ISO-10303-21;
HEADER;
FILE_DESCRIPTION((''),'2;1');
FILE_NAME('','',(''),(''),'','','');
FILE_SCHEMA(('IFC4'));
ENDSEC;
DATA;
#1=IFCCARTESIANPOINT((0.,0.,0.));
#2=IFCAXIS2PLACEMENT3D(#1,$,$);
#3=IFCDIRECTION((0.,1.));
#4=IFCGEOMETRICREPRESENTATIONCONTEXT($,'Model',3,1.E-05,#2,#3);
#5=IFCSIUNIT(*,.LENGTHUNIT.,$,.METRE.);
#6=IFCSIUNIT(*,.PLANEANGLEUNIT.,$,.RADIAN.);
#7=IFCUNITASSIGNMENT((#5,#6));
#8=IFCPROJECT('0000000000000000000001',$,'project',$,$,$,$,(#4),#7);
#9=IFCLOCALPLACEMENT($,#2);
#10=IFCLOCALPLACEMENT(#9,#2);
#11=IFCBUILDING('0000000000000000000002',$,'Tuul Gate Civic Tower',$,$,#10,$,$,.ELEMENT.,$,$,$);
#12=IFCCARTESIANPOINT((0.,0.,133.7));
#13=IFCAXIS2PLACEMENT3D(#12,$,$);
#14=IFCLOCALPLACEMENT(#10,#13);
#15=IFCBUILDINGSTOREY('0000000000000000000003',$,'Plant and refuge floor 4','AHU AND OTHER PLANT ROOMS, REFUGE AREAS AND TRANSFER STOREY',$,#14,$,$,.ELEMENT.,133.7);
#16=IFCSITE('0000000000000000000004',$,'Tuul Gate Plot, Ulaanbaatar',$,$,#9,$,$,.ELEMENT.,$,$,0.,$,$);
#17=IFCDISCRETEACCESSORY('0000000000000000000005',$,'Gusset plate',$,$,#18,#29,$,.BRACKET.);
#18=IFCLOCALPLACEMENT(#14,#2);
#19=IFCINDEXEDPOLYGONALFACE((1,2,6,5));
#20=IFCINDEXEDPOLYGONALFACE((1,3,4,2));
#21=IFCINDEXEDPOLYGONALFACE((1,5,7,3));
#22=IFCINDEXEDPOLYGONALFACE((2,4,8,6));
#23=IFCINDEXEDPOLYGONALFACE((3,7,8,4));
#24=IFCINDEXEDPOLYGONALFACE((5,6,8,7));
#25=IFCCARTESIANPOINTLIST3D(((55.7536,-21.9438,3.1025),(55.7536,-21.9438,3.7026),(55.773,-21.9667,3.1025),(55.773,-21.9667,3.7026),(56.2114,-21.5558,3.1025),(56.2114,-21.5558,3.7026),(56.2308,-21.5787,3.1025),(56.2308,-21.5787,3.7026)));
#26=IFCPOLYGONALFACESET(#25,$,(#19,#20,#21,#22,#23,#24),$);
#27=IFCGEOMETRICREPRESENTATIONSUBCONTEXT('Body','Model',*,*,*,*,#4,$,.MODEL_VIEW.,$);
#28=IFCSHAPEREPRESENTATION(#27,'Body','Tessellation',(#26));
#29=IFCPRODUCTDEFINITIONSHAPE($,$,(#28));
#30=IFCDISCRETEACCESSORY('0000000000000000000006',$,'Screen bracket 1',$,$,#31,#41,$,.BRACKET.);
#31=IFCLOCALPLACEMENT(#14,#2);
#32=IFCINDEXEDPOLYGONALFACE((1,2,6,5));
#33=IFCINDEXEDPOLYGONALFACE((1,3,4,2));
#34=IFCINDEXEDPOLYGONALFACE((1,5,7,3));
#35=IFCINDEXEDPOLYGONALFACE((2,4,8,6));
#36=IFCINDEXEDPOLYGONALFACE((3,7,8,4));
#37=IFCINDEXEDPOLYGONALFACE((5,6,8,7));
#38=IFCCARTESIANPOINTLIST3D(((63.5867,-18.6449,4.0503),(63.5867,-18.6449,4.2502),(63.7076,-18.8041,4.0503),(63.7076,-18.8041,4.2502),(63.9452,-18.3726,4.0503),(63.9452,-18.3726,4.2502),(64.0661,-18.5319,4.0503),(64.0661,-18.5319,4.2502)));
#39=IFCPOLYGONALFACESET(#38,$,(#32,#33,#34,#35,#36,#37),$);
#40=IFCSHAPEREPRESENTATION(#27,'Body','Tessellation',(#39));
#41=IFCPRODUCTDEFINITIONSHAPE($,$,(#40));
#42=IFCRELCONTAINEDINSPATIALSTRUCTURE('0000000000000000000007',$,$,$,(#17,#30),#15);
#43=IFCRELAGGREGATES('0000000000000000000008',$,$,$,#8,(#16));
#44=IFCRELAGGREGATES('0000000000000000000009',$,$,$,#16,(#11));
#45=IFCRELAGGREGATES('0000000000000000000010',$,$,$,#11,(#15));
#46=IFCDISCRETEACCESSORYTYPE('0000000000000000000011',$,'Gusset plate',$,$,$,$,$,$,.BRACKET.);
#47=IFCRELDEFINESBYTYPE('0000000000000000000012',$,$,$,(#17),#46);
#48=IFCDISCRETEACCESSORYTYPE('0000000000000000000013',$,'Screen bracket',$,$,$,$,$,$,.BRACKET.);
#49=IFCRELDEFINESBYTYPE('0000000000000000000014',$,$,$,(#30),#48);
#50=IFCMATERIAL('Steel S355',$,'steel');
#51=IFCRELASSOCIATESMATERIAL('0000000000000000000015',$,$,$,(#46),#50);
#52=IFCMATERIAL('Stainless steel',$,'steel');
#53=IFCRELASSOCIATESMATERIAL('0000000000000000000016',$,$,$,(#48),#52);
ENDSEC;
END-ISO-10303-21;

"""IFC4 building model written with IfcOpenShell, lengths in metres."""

from ifc_helpers import new_model, si_unit, direction, frame, origin, origin_2d, place, context, subcontext, project, spatial, rectangle, extrude, material, type_object, element, save


model = new_model("IFC4")

# Units and contexts
model_context = context("Model", 3, precision=1e-05, world=origin(), true_north=direction((0.0, 1.0)))
body_context = subcontext(model_context, "Body", "Model", "MODEL_VIEW")
ifc_project = project(units=[si_unit("LENGTHUNIT", "METRE"), si_unit("PLANEANGLEUNIT", "RADIAN")], contexts=[model_context])

# Site, building, storey
site_placement = place(None, origin())
site = spatial("IfcSite", under=ifc_project, at=site_placement, Name="Tuul Gate Plot, Ulaanbaatar", CompositionType="ELEMENT", RefElevation=0.0)
building_placement = place(site_placement, origin())
building = spatial("IfcBuilding", under=site, at=building_placement, Name="Tuul Gate Civic Tower", CompositionType="ELEMENT")
storey_placement = place(building_placement, frame((0.0, 0.0, 133.7)))
storey = spatial("IfcBuildingStorey", under=building, at=storey_placement, Name="Plant and refuge floor 4", Description="AHU AND OTHER PLANT ROOMS, REFUGE AREAS AND TRANSFER STOREY", CompositionType="ELEMENT", Elevation=133.7)

# Discrete accessories
ifc_material_1 = material(Name="Steel S355", Category="steel")
discrete_accessory_type_1 = type_object("IfcDiscreteAccessoryType", Name="Gusset plate", PredefinedType="BRACKET", material=ifc_material_1)
discrete_accessory_1_placement = place(storey_placement, frame((55.9922, -21.7612, 3.1025), z_axis=(0.0, 0.0, 1.0), x_axis=(0.762825, 0.646605, 0.0)))
element("IfcDiscreteAccessory", 1, at=discrete_accessory_1_placement, inside=storey, type_object=discrete_accessory_type_1, Name="Gusset plate", PredefinedType="BRACKET", context=body_context, shape_type="SweptSolid", body=[
    extrude(rectangle(XDim=0.6001, YDim=0.03, at=origin_2d()), origin(), (0.0, 0.0, 1.0), 0.6001),
])
ifc_material_2 = material(Name="Stainless steel", Category="steel")
discrete_accessory_type_2 = type_object("IfcDiscreteAccessoryType", Name="Screen bracket", PredefinedType="BRACKET", material=ifc_material_2)
discrete_accessory_2_placement = place(storey_placement, frame((63.8264, -18.5884, 4.0503), z_axis=(0.0, 0.0, 1.0), x_axis=(0.796383, 0.604792, 0.0)))
element("IfcDiscreteAccessory", 2, at=discrete_accessory_2_placement, inside=storey, type_object=discrete_accessory_type_2, Name="Screen bracket 1", PredefinedType="BRACKET", context=body_context, shape_type="SweptSolid", body=[
    extrude(rectangle(XDim=0.4502, YDim=0.2, at=origin_2d()), origin(), (0.0, 0.0, 1.0), 0.2),
])

save(model, "model.ifc")
